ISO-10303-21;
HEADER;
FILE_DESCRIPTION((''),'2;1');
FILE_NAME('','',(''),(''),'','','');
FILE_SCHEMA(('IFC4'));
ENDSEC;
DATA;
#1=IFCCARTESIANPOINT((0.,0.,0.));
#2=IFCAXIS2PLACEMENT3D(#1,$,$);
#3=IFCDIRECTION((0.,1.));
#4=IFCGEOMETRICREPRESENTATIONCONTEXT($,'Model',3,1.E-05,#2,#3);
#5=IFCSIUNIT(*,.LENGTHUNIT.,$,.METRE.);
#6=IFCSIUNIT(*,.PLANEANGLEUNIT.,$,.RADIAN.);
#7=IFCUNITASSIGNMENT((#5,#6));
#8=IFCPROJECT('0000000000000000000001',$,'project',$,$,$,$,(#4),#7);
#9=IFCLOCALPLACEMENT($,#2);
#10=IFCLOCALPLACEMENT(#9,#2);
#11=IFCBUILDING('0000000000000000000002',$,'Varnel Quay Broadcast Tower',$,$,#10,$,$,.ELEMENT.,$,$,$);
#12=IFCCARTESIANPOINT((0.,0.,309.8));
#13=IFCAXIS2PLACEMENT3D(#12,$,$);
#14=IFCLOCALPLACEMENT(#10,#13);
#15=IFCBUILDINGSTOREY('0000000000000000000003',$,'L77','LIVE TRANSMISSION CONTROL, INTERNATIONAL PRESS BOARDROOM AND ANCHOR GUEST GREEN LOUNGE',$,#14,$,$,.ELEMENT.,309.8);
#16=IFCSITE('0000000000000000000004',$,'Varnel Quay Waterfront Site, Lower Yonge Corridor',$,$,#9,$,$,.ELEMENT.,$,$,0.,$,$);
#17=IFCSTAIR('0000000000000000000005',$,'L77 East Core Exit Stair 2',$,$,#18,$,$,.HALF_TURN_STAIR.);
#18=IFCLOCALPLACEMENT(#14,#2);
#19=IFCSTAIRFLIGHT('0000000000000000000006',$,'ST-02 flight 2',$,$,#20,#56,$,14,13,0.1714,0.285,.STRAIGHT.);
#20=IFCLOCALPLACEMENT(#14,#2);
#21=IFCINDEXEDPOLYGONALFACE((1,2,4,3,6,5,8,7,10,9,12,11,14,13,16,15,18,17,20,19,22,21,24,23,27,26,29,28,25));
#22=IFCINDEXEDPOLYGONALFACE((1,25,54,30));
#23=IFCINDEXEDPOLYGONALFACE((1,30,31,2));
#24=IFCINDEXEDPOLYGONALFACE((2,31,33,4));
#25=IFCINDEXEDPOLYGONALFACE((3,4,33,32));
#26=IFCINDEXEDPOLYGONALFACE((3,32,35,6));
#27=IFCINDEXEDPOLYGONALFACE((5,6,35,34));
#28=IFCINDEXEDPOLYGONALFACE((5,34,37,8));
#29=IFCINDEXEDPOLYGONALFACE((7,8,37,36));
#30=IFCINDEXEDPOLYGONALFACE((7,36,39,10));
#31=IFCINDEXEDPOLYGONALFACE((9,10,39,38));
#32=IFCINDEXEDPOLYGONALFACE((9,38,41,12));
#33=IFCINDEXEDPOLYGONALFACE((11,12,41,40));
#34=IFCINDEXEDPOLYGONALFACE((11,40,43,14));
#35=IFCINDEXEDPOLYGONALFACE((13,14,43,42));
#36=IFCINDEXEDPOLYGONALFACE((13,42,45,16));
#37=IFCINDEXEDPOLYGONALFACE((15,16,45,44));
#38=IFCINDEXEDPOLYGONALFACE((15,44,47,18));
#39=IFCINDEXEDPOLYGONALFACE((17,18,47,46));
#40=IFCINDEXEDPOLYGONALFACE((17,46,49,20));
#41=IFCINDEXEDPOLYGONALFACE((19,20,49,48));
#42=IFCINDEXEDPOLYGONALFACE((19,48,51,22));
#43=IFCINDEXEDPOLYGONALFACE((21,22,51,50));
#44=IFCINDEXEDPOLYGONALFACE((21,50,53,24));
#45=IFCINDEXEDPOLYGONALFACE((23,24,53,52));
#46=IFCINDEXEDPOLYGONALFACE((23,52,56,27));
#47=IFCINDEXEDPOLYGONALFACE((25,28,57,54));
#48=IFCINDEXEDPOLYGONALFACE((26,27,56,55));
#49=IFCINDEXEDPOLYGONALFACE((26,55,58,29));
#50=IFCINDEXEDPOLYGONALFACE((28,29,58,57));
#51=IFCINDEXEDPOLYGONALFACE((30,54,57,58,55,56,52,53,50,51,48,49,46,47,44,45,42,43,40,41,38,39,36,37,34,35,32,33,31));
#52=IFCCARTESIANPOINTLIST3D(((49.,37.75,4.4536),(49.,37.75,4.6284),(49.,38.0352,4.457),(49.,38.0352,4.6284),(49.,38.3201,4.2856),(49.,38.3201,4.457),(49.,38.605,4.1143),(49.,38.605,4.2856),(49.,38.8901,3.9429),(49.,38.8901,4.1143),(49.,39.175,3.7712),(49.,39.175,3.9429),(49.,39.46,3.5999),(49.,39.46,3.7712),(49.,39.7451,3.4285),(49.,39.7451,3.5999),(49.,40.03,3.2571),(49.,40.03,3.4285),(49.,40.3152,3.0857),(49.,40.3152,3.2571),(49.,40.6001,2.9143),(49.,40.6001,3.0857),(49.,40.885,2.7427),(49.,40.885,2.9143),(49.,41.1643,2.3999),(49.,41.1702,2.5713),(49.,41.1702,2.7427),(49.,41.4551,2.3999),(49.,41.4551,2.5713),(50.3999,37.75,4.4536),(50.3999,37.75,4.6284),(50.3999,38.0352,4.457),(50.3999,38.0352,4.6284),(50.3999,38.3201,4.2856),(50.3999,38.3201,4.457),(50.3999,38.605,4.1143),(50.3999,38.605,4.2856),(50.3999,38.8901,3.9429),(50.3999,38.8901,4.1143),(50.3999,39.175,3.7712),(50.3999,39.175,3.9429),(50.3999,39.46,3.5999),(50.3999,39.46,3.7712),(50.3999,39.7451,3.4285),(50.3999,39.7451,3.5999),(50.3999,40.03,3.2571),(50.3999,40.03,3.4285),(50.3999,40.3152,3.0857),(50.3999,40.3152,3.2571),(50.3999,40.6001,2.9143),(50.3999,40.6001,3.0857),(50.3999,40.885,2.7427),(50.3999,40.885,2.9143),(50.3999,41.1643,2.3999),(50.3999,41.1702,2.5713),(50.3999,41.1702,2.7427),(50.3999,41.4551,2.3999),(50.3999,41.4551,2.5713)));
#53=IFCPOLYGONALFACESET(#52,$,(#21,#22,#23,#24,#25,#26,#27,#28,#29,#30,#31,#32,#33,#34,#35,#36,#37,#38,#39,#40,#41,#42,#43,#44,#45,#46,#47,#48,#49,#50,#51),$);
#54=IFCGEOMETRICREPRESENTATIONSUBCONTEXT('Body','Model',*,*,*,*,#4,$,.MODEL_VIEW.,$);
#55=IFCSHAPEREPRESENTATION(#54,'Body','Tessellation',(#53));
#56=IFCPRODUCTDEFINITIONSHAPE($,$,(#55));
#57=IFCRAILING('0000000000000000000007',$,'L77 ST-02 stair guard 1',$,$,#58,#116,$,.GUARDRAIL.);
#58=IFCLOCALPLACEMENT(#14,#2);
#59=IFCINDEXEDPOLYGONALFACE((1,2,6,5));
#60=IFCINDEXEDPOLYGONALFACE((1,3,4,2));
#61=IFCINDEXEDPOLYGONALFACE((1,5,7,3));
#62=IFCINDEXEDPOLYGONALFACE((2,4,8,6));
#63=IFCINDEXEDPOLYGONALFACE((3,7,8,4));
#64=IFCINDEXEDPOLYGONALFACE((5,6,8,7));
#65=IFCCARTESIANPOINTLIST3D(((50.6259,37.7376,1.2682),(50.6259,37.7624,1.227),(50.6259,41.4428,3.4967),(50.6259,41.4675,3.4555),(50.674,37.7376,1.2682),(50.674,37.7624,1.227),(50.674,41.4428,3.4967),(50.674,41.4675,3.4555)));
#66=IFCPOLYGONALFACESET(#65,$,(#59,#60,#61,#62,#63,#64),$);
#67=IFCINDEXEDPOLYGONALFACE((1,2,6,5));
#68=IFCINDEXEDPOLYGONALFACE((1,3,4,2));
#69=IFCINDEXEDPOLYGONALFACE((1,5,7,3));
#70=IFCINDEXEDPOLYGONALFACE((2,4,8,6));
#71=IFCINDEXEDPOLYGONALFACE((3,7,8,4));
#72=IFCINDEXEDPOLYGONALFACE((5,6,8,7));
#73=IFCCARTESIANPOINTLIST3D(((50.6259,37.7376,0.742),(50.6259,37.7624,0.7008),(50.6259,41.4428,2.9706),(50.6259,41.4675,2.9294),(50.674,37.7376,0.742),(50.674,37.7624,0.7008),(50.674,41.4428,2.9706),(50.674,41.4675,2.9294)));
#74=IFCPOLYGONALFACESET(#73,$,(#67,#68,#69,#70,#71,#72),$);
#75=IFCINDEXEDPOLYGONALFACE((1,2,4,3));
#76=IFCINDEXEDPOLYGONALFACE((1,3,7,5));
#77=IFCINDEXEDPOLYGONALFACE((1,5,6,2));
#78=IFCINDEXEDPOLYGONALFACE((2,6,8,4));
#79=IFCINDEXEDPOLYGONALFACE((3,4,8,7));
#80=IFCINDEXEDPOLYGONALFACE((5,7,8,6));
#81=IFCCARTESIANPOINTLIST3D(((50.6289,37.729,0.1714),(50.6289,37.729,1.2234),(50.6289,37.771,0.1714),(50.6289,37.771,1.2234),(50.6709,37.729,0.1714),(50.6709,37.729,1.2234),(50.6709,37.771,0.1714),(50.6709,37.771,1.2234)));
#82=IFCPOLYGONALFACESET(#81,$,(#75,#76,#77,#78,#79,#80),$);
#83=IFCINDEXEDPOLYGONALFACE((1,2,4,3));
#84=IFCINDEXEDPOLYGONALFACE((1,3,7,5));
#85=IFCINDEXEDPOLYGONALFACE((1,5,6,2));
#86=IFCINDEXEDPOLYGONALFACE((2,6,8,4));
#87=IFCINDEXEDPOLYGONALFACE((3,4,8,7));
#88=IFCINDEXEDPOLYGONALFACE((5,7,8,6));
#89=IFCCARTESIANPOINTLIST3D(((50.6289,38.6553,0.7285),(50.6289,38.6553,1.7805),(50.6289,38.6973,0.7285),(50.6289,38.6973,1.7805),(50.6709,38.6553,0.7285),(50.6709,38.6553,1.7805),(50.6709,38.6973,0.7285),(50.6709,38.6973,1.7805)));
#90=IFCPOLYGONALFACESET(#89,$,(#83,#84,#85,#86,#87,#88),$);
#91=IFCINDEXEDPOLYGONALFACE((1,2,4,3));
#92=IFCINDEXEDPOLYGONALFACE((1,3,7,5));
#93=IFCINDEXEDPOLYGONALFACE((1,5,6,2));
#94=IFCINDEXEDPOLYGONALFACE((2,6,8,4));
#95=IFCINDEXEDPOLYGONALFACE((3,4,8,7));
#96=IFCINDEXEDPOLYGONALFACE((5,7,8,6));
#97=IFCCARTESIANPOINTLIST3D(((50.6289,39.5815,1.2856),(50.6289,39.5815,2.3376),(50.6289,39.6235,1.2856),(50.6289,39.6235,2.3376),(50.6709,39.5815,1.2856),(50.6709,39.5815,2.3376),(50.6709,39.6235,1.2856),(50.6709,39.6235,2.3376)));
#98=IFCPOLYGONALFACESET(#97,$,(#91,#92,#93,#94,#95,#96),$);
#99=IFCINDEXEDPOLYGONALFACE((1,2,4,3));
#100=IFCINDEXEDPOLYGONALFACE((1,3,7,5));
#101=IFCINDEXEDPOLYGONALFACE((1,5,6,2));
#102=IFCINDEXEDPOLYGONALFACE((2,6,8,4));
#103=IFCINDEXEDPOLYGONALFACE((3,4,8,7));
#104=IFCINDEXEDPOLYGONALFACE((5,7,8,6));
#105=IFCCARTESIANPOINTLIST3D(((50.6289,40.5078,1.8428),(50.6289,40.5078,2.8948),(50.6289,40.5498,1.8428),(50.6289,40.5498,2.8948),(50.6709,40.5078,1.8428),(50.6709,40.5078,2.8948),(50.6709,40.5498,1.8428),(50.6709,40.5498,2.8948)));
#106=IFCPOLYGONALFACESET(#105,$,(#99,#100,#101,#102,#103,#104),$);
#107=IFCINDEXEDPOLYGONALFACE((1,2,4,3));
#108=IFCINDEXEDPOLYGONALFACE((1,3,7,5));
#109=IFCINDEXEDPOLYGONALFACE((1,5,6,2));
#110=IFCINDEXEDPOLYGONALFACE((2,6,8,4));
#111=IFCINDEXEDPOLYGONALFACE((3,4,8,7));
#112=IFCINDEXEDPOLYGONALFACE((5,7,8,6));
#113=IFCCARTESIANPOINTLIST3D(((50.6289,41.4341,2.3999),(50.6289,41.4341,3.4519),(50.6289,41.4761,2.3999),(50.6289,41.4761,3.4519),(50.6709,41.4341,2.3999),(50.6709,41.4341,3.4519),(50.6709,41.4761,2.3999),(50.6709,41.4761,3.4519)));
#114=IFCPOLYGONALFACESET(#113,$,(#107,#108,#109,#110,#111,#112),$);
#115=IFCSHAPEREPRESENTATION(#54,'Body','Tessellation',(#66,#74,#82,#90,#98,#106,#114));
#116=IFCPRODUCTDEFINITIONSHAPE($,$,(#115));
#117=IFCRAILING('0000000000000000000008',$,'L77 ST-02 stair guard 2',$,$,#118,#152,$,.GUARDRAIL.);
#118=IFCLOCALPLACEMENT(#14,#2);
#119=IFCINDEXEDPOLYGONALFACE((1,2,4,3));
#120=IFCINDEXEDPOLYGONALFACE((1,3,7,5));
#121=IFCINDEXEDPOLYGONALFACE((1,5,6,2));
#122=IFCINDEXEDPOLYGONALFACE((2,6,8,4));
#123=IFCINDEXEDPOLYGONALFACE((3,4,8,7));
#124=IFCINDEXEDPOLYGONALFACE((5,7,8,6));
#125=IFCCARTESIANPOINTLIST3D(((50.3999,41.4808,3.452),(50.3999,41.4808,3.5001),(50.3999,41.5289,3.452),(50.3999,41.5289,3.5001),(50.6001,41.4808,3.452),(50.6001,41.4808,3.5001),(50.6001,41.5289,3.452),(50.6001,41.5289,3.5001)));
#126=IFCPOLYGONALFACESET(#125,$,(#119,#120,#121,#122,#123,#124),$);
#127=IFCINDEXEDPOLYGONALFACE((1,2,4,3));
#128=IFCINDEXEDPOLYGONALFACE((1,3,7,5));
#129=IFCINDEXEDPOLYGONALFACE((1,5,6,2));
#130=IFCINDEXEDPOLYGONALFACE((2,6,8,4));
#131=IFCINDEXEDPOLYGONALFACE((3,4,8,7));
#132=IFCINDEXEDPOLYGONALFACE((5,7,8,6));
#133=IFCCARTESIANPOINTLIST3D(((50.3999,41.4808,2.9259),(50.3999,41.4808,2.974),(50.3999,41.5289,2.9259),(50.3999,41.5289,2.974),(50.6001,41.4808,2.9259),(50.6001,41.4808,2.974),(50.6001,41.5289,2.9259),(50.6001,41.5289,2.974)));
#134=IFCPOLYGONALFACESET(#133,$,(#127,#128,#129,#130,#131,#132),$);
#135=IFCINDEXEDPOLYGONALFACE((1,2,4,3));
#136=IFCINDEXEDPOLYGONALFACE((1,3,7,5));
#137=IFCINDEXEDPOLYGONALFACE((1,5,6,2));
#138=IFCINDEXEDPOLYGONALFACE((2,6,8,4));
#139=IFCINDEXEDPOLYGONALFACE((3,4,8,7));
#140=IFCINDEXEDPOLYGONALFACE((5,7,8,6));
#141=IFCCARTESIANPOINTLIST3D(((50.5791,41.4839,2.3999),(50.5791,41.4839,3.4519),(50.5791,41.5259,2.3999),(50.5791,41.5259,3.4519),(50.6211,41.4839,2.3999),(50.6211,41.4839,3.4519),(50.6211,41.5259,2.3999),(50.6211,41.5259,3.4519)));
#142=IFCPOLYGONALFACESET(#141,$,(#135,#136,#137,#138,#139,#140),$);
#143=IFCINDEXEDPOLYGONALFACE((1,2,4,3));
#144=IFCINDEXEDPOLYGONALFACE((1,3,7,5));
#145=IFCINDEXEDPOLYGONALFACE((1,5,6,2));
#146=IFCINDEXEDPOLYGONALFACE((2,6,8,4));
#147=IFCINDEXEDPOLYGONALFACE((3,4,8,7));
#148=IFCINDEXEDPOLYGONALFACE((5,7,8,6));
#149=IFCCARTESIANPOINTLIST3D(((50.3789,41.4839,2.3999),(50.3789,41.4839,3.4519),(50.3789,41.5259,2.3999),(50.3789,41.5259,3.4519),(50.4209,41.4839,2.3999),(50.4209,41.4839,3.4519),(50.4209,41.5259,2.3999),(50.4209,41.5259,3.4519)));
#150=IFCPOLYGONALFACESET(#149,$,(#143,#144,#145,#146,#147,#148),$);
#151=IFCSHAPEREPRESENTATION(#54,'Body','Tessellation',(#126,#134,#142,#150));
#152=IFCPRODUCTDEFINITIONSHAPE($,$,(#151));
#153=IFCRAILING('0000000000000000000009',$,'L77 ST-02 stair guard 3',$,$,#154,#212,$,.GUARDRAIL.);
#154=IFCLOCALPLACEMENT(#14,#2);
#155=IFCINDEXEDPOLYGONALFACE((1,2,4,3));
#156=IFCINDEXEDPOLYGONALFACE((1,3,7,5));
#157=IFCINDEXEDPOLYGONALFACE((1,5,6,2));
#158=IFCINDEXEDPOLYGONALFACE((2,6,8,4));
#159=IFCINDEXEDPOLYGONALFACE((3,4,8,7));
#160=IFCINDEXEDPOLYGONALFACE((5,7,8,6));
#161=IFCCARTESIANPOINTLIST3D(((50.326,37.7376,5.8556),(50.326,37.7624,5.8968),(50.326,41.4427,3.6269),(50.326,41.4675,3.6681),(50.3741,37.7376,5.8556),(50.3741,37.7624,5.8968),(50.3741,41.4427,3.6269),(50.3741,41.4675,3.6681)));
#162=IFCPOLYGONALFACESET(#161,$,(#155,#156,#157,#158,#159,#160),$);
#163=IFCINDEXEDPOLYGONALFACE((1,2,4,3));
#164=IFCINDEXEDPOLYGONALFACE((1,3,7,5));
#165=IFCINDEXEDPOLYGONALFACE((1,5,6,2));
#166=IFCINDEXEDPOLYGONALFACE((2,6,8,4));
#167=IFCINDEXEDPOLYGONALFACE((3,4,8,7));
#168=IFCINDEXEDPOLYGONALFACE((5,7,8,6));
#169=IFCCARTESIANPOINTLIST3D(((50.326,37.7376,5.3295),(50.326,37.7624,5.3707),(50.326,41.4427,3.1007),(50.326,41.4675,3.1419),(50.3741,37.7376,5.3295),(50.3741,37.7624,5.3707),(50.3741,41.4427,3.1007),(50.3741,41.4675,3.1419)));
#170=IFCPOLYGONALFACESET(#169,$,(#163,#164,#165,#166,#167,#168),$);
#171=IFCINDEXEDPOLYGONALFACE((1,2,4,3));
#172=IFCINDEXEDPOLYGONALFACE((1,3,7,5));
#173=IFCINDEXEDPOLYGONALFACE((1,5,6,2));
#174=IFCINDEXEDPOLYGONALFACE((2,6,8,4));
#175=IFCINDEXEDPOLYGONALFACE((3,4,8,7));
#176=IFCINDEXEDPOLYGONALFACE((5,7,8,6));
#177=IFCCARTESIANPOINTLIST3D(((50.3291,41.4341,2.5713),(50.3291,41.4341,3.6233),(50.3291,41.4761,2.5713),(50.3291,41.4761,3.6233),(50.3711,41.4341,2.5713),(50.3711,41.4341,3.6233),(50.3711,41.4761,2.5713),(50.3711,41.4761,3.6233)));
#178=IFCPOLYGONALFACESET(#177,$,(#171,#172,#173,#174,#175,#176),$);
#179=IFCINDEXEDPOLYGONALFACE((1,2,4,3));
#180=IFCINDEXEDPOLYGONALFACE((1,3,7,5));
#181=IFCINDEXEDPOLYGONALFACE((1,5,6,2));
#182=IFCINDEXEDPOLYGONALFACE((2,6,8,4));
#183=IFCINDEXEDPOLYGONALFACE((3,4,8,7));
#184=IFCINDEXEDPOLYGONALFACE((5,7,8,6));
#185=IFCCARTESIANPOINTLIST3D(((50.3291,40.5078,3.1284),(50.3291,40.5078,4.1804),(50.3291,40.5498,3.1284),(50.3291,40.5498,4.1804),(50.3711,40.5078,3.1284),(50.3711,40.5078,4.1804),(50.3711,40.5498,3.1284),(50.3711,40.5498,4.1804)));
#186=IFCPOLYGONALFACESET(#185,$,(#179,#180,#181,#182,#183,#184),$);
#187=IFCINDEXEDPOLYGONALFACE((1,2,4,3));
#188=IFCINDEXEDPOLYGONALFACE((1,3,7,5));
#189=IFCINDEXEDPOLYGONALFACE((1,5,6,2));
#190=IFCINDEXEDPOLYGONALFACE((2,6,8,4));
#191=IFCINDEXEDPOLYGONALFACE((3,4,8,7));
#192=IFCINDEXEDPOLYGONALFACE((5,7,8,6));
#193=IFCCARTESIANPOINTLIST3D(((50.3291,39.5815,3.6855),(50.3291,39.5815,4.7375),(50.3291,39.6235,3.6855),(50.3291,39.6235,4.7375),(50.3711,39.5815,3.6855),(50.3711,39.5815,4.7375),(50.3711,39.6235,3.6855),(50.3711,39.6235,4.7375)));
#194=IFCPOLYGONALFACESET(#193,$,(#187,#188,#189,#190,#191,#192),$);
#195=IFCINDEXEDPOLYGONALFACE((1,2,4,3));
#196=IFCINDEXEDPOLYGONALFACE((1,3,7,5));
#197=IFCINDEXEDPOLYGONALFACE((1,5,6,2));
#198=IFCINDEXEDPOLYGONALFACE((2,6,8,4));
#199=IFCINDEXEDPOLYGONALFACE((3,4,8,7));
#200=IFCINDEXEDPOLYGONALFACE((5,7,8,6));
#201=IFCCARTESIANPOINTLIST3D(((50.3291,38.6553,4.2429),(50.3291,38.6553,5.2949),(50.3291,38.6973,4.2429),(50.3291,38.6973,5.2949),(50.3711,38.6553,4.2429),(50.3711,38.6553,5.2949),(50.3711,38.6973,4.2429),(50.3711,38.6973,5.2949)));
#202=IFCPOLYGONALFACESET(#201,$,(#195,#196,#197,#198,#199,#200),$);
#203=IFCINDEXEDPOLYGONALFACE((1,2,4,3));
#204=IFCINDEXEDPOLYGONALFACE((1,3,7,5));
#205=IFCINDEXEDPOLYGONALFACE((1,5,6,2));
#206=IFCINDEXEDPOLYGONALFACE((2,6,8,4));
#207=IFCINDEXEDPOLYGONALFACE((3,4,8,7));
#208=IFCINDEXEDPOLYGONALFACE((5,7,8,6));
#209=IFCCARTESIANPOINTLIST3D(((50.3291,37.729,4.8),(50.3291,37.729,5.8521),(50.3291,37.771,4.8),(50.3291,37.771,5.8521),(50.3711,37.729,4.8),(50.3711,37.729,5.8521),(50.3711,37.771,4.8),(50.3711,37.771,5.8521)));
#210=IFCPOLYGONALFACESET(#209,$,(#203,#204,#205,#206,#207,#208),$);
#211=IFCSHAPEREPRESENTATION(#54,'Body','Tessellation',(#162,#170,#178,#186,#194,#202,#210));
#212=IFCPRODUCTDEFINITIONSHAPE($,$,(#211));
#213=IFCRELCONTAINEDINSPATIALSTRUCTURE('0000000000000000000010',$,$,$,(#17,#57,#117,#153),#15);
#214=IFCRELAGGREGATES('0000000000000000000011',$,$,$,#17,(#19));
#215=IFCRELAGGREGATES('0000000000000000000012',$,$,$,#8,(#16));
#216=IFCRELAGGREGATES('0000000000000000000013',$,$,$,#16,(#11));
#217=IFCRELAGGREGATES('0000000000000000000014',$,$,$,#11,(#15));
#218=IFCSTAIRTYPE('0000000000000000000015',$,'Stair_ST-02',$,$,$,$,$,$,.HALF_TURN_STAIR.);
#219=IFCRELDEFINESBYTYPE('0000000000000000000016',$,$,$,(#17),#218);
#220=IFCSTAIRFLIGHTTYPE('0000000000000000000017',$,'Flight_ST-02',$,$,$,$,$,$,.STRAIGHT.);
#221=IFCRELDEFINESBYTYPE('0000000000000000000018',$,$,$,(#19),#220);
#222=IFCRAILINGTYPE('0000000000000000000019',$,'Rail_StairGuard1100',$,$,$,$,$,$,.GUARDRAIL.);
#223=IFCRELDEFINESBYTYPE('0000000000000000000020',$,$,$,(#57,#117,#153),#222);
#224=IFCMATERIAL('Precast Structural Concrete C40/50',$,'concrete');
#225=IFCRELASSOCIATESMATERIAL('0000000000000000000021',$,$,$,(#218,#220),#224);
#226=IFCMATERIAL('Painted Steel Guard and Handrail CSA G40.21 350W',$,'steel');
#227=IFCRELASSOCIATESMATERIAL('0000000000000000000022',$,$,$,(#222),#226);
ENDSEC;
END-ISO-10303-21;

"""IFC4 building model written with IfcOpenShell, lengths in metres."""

from ifc_helpers import new_model, si_unit, direction, frame, origin, origin_2d, place, context, subcontext, project, spatial, polyline, rectangle, outline, extrude, material, type_object, element, aggregate, save


model = new_model("IFC4")

# Units and contexts
model_context = context("Model", 3, precision=1e-05, world=origin(), true_north=direction((0.0, 1.0)))
body_context = subcontext(model_context, "Body", "Model", "MODEL_VIEW")
ifc_project = project(units=[si_unit("LENGTHUNIT", "METRE"), si_unit("PLANEANGLEUNIT", "RADIAN")], contexts=[model_context])

# Site, building, storey
site_placement = place(None, origin())
site = spatial("IfcSite", under=ifc_project, at=site_placement, Name="Varnel Quay Waterfront Site, Lower Yonge Corridor", CompositionType="ELEMENT", RefElevation=0.0)
building_placement = place(site_placement, origin())
building = spatial("IfcBuilding", under=site, at=building_placement, Name="Varnel Quay Broadcast Tower", CompositionType="ELEMENT")
storey_placement = place(building_placement, frame((0.0, 0.0, 309.8)))
storey = spatial("IfcBuildingStorey", under=building, at=storey_placement, Name="L77", Description="LIVE TRANSMISSION CONTROL, INTERNATIONAL PRESS BOARDROOM AND ANCHOR GUEST GREEN LOUNGE", CompositionType="ELEMENT", Elevation=309.8)

# Stair, stair flight
ifc_material_1 = material(Name="Precast Structural Concrete C40/50", Category="concrete")
stair_type = type_object("IfcStairType", Name="Stair_ST-02", PredefinedType="HALF_TURN_STAIR", material=ifc_material_1)
stair_placement = place(storey_placement, origin())
stair = element("IfcStair", 1, at=stair_placement, inside=storey, type_object=stair_type, Name="L77 East Core Exit Stair 2", PredefinedType="HALF_TURN_STAIR")
stair_flight_type = type_object("IfcStairFlightType", Name="Flight_ST-02", PredefinedType="STRAIGHT", material=ifc_material_1)
stair_flight_1_placement = place(storey_placement, frame((49.7, 41.4551, 2.3999), z_axis=(0.0, 0.0, 1.0), x_axis=(0.0, -1.0, 0.0)))
stair_flight_1 = element("IfcStairFlight", 2, at=stair_flight_1_placement, type_object=stair_flight_type, Name="ST-02 flight 2", NumberOfRisers=14, NumberOfTreads=13, PredefinedType="STRAIGHT", RiserHeight=0.1714, TreadLength=0.285, context=body_context, shape_type="SweptSolid", body=[
    extrude(outline(polyline([(0.0, 0.0), (0.0, 0.1714), (0.2849, 0.1714), (0.2849, 0.3428), (0.5701, 0.3428), (0.5701, 0.5144), (0.855, 0.5144), (0.855, 0.6858), (1.1399, 0.6858), (1.1399, 0.8572), (1.425, 0.8572), (1.425, 1.0286), (1.71, 1.0286), (1.71, 1.2), (1.9951, 1.2), (1.9951, 1.3713), (2.28, 1.3713), (2.28, 1.543), (2.5649, 1.543), (2.5649, 1.7144), (2.8501, 1.7144), (2.8501, 1.8857), (3.135, 1.8857), (3.135, 2.0571), (3.4199, 2.0571), (3.4199, 2.2285), (3.7051, 2.2285), (3.7051, 2.3999), (3.7051, 2.0537), (0.2908, 0.0), (0.0, 0.0)])), frame((0.0, 0.7, 0.0), z_axis=(0.0, -1.0, 0.0), x_axis=(1.0, 0.0, 0.0)), (0.0, 0.0, 1.0), 1.3999),
])
aggregate(stair, [stair_flight_1])

# Railings
ifc_material_2 = material(Name="Painted Steel Guard and Handrail CSA G40.21 350W", Category="steel")
railing_type_1 = type_object("IfcRailingType", Name="Rail_StairGuard1100", PredefinedType="GUARDRAIL", material=ifc_material_2)
railing_1_placement = place(storey_placement, frame((50.6499, 37.75, 0.1714)))
element("IfcRailing", 3, at=railing_1_placement, inside=storey, type_object=railing_type_1, Name="L77 ST-02 stair guard 1", PredefinedType="GUARDRAIL", context=body_context, shape_type="SweptSolid", body=[
    extrude(rectangle(XDim=0.0481, YDim=0.0481, at=origin_2d()), frame((0.0, 0.0, 1.0762), z_axis=(0.0, 0.856934, 0.515425), x_axis=(-1.0, 0.0, 0.0)), (0.0, 0.0, 1.0), 4.3237),
    extrude(rectangle(XDim=0.0481, YDim=0.0481, at=origin_2d()), frame((0.0, 0.0, 0.55), z_axis=(0.0, 0.856934, 0.515425), x_axis=(-1.0, 0.0, 0.0)), (0.0, 0.0, 1.0), 4.3237),
    extrude(rectangle(XDim=0.042, YDim=0.042, at=origin_2d()), origin(), (0.0, 0.0, 1.0), 1.052),
    extrude(rectangle(XDim=0.042, YDim=0.042, at=origin_2d()), frame((0.0, 0.9263, 0.5571)), (0.0, 0.0, 1.0), 1.052),
    extrude(rectangle(XDim=0.042, YDim=0.042, at=origin_2d()), frame((0.0, 1.8525, 1.1143)), (0.0, 0.0, 1.0), 1.052),
    extrude(rectangle(XDim=0.042, YDim=0.042, at=origin_2d()), frame((0.0, 2.7788, 1.6714)), (0.0, 0.0, 1.0), 1.052),
    extrude(rectangle(XDim=0.042, YDim=0.042, at=origin_2d()), frame((0.0, 3.7051, 2.2285)), (0.0, 0.0, 1.0), 1.052),
])
railing_2_placement = place(storey_placement, frame((50.6001, 41.5049, 2.3999)))
element("IfcRailing", 4, at=railing_2_placement, inside=storey, type_object=railing_type_1, Name="L77 ST-02 stair guard 2", PredefinedType="GUARDRAIL", context=body_context, shape_type="SweptSolid", body=[
    extrude(rectangle(XDim=0.0481, YDim=0.0481, at=origin_2d()), frame((0.0, 0.0, 1.0762), z_axis=(-1.0, 0.0, 0.0), x_axis=(0.0, -1.0, 0.0)), (0.0, 0.0, 1.0), 0.2002),
    extrude(rectangle(XDim=0.0481, YDim=0.0481, at=origin_2d()), frame((0.0, 0.0, 0.55), z_axis=(-1.0, 0.0, 0.0), x_axis=(0.0, -1.0, 0.0)), (0.0, 0.0, 1.0), 0.2002),
    extrude(rectangle(XDim=0.042, YDim=0.042, at=origin_2d()), origin(), (0.0, 0.0, 1.0), 1.052),
    extrude(rectangle(XDim=0.042, YDim=0.042, at=origin_2d()), frame((-0.2002, 0.0, 0.0)), (0.0, 0.0, 1.0), 1.052),
])
railing_3_placement = place(storey_placement, frame((50.3501, 41.4551, 2.5713)))
element("IfcRailing", 5, at=railing_3_placement, inside=storey, type_object=railing_type_1, Name="L77 ST-02 stair guard 3", PredefinedType="GUARDRAIL", context=body_context, shape_type="SweptSolid", body=[
    extrude(rectangle(XDim=0.0481, YDim=0.0481, at=origin_2d()), frame((0.0, 0.0, 1.0762), z_axis=(0.0, -0.856909, 0.515467), x_axis=(1.0, 0.0, 0.0)), (0.0, 0.0, 1.0), 4.3237),
    extrude(rectangle(XDim=0.0481, YDim=0.0481, at=origin_2d()), frame((0.0, 0.0, 0.55), z_axis=(0.0, -0.856909, 0.515467), x_axis=(1.0, 0.0, 0.0)), (0.0, 0.0, 1.0), 4.3237),
    extrude(rectangle(XDim=0.042, YDim=0.042, at=origin_2d()), origin(), (0.0, 0.0, 1.0), 1.052),
    extrude(rectangle(XDim=0.042, YDim=0.042, at=origin_2d()), frame((0.0, -0.9263, 0.5571)), (0.0, 0.0, 1.0), 1.052),
    extrude(rectangle(XDim=0.042, YDim=0.042, at=origin_2d()), frame((0.0, -1.8525, 1.1143)), (0.0, 0.0, 1.0), 1.052),
    extrude(rectangle(XDim=0.042, YDim=0.042, at=origin_2d()), frame((0.0, -2.7788, 1.6716)), (0.0, 0.0, 1.0), 1.052),
    extrude(rectangle(XDim=0.042, YDim=0.042, at=origin_2d()), frame((0.0, -3.7051, 2.2288)), (0.0, 0.0, 1.0), 1.052),
])

save(model, "model.ifc")
